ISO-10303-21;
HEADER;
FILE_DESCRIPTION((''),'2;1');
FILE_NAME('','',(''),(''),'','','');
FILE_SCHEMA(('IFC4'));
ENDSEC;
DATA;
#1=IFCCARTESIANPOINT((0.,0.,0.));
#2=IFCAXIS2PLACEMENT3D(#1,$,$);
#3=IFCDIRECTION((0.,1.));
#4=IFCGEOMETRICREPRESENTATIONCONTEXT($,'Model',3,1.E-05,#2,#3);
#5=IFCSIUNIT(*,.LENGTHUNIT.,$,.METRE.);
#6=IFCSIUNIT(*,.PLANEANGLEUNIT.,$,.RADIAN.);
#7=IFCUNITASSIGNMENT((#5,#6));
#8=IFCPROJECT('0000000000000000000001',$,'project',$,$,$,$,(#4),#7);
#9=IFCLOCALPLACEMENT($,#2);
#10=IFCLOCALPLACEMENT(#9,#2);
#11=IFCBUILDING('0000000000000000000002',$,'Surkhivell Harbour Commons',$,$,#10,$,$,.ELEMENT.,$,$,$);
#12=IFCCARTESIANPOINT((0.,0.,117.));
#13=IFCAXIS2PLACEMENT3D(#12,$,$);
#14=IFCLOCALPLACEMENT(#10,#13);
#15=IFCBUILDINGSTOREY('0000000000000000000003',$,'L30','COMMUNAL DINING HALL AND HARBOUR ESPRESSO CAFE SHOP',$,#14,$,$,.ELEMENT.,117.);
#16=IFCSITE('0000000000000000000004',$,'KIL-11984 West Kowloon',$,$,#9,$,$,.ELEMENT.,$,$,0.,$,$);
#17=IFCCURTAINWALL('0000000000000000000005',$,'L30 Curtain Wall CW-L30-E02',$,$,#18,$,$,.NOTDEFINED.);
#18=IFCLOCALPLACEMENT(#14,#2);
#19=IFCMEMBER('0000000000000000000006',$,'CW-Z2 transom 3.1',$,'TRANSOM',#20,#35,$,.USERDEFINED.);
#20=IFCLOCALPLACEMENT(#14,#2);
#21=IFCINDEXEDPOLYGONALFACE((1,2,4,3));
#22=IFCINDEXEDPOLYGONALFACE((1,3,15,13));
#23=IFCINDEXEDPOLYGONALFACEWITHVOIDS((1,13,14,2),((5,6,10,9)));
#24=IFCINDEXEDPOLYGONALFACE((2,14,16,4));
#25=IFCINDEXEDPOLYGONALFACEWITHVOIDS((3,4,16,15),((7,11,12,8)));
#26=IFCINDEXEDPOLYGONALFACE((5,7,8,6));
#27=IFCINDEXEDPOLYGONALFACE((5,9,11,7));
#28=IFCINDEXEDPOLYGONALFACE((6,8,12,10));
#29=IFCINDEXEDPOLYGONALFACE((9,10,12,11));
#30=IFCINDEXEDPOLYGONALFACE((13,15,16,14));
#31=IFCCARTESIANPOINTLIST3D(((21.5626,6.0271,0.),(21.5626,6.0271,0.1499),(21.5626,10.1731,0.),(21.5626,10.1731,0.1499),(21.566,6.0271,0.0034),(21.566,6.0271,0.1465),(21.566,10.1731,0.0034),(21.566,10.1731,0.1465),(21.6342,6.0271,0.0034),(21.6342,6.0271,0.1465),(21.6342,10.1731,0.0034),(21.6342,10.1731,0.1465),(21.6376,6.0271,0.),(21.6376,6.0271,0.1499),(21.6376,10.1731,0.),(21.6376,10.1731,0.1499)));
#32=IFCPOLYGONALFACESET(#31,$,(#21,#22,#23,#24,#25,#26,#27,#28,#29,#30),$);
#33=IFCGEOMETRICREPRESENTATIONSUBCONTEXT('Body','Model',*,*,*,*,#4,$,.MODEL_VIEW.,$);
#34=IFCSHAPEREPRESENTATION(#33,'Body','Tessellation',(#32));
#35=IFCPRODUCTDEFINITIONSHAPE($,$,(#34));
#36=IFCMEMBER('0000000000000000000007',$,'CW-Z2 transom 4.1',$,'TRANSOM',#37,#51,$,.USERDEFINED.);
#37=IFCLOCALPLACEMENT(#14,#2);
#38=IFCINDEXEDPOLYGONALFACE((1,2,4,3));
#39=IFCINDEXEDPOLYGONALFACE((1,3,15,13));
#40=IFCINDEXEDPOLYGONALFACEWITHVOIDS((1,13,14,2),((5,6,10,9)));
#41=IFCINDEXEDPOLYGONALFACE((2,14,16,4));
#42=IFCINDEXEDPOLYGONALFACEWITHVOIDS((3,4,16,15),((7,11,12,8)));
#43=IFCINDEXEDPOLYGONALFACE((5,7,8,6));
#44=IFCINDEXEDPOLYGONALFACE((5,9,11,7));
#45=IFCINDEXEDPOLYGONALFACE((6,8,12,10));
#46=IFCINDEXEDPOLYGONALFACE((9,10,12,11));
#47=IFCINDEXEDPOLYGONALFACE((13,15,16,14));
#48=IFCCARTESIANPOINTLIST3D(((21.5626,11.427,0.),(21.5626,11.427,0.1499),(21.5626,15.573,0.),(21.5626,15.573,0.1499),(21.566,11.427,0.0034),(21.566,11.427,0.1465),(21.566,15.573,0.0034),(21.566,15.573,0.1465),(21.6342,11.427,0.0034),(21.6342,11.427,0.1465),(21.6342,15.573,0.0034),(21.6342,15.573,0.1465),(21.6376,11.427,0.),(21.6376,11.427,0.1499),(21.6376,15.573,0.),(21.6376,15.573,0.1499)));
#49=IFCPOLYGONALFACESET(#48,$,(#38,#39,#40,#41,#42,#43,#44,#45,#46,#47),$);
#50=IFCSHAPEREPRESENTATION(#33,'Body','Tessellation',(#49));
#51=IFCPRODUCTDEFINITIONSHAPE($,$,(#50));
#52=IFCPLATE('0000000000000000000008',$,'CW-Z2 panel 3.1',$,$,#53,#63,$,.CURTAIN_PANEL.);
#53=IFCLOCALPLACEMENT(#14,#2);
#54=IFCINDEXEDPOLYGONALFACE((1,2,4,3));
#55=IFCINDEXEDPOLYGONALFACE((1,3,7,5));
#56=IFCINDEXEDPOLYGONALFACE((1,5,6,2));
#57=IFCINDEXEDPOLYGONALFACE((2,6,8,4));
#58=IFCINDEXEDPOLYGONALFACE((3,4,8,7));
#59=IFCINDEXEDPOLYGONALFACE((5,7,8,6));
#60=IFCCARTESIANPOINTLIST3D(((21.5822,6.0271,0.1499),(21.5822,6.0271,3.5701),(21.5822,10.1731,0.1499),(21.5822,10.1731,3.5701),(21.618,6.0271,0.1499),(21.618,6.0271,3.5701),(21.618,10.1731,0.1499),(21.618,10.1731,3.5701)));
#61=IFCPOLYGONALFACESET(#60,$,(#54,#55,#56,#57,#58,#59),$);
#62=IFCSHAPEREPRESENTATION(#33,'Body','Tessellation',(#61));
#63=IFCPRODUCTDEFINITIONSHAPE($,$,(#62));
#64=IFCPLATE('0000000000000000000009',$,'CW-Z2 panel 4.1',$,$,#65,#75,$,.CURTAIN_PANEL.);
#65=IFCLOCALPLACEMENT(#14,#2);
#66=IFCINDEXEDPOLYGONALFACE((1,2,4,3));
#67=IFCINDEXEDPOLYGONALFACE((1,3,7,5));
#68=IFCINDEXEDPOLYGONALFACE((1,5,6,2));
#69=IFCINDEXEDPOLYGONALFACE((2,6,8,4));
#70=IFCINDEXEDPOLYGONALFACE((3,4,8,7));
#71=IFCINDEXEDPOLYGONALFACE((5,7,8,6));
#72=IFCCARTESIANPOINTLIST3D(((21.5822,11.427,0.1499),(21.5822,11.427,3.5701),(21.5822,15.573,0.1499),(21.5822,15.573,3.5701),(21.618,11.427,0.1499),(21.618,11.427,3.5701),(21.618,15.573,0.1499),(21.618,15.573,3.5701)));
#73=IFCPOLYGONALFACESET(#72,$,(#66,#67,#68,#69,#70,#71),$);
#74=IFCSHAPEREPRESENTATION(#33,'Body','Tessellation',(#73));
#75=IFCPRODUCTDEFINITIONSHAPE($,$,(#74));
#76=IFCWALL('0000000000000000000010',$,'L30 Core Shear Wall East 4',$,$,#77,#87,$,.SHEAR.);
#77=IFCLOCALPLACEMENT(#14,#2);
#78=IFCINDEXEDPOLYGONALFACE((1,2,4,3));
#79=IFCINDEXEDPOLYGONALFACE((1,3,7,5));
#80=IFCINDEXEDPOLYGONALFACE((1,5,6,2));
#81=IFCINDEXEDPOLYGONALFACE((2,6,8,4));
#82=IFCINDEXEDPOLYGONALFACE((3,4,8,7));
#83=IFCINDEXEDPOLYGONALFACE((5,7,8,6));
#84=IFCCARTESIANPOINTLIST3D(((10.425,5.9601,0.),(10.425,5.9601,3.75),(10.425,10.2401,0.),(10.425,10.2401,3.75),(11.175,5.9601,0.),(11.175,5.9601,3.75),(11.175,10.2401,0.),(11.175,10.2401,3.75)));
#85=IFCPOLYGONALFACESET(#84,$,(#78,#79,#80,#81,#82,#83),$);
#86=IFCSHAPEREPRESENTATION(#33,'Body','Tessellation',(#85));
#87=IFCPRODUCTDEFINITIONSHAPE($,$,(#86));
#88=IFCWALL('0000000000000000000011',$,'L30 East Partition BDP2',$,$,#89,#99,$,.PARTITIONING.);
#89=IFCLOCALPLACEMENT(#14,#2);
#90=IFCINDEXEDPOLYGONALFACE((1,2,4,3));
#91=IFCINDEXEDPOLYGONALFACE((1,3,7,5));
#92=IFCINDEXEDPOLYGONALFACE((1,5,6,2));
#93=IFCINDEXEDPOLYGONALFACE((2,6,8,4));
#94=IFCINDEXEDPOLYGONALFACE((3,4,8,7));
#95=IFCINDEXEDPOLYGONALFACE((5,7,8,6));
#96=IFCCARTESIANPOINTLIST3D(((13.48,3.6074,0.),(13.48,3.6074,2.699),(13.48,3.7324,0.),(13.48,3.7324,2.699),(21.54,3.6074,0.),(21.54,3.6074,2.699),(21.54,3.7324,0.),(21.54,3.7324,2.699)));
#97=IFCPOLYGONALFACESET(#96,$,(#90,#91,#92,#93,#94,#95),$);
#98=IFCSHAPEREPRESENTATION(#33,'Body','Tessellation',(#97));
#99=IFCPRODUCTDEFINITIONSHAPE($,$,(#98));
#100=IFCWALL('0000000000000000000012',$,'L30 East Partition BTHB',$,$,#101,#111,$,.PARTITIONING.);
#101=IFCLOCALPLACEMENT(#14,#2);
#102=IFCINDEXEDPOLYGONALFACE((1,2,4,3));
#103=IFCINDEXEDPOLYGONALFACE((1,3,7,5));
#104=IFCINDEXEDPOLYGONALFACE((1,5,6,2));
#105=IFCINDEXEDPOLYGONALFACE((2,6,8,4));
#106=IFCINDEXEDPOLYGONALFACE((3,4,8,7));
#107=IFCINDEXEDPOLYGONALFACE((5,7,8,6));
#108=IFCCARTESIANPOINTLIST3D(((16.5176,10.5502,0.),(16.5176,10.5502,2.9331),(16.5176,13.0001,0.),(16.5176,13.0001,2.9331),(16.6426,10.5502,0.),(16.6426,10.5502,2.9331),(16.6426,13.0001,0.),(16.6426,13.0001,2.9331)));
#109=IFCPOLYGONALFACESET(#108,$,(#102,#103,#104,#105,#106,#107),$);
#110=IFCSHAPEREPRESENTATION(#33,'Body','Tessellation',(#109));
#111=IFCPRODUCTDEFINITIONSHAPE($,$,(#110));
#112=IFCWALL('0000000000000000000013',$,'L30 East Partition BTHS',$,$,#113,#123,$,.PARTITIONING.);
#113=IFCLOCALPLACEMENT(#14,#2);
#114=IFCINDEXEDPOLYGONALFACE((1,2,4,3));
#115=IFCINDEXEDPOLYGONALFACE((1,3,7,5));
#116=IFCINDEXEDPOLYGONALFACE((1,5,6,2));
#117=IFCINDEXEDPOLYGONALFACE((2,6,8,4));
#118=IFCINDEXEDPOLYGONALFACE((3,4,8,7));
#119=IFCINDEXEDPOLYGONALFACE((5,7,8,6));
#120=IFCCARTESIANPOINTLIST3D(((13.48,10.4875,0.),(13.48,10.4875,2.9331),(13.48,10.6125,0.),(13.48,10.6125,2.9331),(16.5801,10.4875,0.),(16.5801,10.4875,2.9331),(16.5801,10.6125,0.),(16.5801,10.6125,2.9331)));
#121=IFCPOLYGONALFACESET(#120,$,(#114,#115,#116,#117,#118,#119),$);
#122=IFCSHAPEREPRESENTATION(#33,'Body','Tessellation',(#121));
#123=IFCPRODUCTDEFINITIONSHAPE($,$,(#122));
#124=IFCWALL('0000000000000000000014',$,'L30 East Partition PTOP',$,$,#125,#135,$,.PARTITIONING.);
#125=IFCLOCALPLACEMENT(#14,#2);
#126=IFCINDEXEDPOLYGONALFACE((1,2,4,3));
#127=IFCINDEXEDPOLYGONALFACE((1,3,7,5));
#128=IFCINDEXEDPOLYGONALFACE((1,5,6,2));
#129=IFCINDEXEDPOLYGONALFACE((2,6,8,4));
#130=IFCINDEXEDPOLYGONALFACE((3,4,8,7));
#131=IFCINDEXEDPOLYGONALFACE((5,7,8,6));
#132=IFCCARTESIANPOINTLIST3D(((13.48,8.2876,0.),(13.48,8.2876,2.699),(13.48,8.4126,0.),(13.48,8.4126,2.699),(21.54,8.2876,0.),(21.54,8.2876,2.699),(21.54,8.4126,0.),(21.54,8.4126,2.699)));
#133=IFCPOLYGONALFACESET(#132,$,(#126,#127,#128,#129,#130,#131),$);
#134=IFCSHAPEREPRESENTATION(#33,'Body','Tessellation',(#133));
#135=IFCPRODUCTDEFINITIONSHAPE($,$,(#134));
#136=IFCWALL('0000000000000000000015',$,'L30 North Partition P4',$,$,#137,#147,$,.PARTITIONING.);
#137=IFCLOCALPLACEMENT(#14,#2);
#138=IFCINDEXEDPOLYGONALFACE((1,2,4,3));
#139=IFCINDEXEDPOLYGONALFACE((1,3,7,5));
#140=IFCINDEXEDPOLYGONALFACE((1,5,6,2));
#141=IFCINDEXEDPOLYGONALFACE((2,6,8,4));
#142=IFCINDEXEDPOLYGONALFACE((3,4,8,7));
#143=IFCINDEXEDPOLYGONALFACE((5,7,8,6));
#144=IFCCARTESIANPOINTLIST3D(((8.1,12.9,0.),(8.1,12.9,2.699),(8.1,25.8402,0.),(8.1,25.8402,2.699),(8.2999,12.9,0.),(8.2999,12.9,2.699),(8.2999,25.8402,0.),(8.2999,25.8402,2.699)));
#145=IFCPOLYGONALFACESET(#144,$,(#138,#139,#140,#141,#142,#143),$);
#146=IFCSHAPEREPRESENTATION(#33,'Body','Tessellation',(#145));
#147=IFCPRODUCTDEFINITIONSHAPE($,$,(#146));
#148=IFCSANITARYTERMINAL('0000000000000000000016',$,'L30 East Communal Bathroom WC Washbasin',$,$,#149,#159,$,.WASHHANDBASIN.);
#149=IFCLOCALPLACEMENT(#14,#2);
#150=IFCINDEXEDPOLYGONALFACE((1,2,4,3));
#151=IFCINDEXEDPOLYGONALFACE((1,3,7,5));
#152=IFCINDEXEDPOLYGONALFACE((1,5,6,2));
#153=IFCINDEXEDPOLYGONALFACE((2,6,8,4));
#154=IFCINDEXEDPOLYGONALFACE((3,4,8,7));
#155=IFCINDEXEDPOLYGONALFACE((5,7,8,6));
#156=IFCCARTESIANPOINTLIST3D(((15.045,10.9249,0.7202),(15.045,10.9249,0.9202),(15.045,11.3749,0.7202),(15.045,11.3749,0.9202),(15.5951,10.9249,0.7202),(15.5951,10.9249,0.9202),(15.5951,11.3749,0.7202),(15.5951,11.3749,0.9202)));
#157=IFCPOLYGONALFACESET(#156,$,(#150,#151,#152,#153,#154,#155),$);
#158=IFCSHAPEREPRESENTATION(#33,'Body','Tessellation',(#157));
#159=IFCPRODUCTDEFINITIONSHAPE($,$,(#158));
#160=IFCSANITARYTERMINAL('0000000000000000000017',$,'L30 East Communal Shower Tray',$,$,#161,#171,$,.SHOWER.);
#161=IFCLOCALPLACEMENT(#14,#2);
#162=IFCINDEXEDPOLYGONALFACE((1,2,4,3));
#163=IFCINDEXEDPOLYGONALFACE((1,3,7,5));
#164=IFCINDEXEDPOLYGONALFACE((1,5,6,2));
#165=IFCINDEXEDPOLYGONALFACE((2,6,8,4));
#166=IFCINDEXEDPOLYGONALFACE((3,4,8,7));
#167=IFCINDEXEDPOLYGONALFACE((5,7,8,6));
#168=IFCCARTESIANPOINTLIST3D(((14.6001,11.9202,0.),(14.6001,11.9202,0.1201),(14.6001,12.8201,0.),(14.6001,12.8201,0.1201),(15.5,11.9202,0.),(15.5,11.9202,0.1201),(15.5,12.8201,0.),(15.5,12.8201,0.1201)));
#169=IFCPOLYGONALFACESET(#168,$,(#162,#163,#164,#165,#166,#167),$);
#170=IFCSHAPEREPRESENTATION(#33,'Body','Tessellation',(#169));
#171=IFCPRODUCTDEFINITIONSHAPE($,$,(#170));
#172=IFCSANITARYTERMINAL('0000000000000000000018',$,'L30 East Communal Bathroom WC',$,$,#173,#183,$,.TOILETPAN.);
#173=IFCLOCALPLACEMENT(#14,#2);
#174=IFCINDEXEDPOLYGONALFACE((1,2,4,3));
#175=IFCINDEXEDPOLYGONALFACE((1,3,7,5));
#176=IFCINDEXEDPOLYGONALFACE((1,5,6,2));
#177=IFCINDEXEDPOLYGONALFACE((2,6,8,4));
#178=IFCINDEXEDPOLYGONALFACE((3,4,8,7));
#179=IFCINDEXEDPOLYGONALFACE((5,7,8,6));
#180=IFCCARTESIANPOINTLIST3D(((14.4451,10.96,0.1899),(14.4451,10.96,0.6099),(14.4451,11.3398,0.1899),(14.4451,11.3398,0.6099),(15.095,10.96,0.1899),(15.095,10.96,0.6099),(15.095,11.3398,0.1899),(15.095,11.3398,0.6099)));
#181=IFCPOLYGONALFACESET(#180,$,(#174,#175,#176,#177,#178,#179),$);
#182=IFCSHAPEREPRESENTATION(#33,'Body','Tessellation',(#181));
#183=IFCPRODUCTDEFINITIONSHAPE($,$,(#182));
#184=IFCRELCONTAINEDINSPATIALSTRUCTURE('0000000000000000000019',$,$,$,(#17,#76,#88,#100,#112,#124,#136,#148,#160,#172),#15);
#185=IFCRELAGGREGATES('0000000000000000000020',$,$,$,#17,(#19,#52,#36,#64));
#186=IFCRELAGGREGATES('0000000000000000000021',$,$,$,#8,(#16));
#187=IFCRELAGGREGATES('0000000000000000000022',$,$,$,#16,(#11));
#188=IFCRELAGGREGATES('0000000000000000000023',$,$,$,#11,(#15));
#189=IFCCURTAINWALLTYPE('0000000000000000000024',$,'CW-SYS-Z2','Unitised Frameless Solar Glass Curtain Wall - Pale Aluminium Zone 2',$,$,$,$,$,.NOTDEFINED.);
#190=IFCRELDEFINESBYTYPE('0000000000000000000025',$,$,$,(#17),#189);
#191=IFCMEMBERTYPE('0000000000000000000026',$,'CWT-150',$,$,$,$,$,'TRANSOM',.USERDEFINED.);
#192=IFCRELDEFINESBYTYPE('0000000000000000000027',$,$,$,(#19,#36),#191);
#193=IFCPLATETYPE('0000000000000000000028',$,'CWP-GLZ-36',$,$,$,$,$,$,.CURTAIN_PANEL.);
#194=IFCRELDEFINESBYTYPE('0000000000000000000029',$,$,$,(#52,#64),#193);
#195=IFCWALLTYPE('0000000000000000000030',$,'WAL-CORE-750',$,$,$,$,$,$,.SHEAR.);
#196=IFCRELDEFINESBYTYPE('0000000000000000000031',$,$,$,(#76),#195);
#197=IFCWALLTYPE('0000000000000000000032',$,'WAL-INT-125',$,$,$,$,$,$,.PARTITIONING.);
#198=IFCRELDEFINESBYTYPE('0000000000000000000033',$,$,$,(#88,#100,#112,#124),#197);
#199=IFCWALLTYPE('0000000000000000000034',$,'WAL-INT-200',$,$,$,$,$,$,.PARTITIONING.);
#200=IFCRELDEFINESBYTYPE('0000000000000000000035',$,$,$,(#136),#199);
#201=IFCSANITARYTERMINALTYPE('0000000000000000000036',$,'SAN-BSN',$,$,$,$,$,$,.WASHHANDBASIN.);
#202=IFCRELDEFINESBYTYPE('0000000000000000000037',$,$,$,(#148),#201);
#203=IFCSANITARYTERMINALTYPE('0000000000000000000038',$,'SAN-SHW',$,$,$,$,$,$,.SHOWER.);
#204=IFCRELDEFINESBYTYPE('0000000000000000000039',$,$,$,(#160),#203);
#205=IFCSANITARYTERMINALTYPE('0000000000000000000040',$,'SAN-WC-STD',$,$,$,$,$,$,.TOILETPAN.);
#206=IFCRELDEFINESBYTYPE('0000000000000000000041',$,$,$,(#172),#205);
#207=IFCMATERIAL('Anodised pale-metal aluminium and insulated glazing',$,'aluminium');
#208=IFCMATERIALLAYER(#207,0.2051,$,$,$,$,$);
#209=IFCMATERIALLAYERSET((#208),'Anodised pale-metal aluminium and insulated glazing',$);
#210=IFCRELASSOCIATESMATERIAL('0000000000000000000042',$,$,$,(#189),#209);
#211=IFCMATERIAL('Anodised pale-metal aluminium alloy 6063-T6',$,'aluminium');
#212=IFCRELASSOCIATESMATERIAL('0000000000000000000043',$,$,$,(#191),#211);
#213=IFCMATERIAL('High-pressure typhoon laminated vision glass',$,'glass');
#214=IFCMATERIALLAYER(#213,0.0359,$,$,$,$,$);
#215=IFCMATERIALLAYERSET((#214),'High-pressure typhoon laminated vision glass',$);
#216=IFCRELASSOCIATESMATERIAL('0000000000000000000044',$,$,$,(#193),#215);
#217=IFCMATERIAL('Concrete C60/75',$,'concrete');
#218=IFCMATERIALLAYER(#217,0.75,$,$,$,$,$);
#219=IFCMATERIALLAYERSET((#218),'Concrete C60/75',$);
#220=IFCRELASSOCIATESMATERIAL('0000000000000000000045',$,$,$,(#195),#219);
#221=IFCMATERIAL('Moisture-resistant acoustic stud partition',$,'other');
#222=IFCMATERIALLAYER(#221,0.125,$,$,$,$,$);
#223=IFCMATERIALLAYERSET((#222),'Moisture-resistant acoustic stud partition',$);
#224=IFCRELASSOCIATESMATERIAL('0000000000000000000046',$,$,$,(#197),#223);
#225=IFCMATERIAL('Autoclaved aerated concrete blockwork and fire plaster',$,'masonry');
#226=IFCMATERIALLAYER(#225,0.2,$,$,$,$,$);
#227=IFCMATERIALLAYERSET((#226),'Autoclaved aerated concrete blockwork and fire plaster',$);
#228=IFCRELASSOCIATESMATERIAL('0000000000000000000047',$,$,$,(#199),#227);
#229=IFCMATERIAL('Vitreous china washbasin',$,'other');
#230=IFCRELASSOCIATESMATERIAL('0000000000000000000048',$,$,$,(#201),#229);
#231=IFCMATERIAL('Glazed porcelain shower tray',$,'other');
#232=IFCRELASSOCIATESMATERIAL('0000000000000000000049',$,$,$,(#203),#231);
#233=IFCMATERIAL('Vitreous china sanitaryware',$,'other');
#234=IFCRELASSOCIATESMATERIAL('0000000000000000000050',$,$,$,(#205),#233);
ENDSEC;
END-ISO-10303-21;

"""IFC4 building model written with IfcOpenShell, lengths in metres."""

from ifc_helpers import new_model, si_unit, direction, frame, frame_2d, origin, origin_2d, place, context, subcontext, project, spatial, rectangle, hollow_rectangle, extrude, material, layer, layer_set, material_profile, profile_set, type_object, element, aggregate, save


model = new_model("IFC4")

# Units and contexts
model_context = context("Model", 3, precision=1e-05, world=origin(), true_north=direction((0.0, 1.0)))
body_context = subcontext(model_context, "Body", "Model", "MODEL_VIEW")
ifc_project = project(units=[si_unit("LENGTHUNIT", "METRE"), si_unit("PLANEANGLEUNIT", "RADIAN")], contexts=[model_context])

# Site, building, storey
site_placement = place(None, origin())
site = spatial("IfcSite", under=ifc_project, at=site_placement, Name="KIL-11984 West Kowloon", CompositionType="ELEMENT", RefElevation=0.0)
building_placement = place(site_placement, origin())
building = spatial("IfcBuilding", under=site, at=building_placement, Name="Surkhivell Harbour Commons", CompositionType="ELEMENT")
storey_placement = place(building_placement, frame((0.0, 0.0, 117.0)))
storey = spatial("IfcBuildingStorey", under=building, at=storey_placement, Name="L30", Description="COMMUNAL DINING HALL AND HARBOUR ESPRESSO CAFE SHOP", CompositionType="ELEMENT", Elevation=117.0)

# Shared definitions
ifc_material_1 = material(Name="Concrete C60/75", Category="concrete")

# Curtain wall, members, plates
ifc_material_2 = material(Name="Anodised pale-metal aluminium and insulated glazing", Category="aluminium")
ifc_layer_1 = layer(ifc_material_2, 0.2051)
ifc_layer_set_1 = layer_set([ifc_layer_1], Name="Anodised pale-metal aluminium and insulated glazing")
curtain_wall_type = type_object("IfcCurtainWallType", Name="CW-SYS-Z2", Description="Unitised Frameless Solar Glass Curtain Wall - Pale Aluminium Zone 2", PredefinedType="NOTDEFINED", material=ifc_layer_set_1)
curtain_wall_placement = place(storey_placement, origin())
curtain_wall = element("IfcCurtainWall", 1, at=curtain_wall_placement, inside=storey, type_object=curtain_wall_type, Name="L30 Curtain Wall CW-L30-E02", PredefinedType="NOTDEFINED")
ifc_material_3 = material(Name="Anodised pale-metal aluminium alloy 6063-T6", Category="aluminium")
ifc_material_profile_1 = material_profile(ifc_material_3, hollow_rectangle(XDim=0.075, YDim=0.1499, WallThickness=0.0034, at=origin_2d()), Name="ALU-TRAN-75x150")
ifc_profile_set_1 = profile_set([ifc_material_profile_1], Name="Anodised pale-metal aluminium alloy 6063-T6")
member_type_1 = type_object("IfcMemberType", Name="CWT-150", ElementType="TRANSOM", PredefinedType="USERDEFINED", material=ifc_profile_set_1)
member_1_placement = place(storey_placement, frame((21.6001, 6.0271, 0.075), z_axis=(0.0, 1.0, 0.0), x_axis=(-1.0, 0.0, 0.0)))
member_1 = element("IfcMember", 2, at=member_1_placement, type_object=member_type_1, Name="CW-Z2 transom 3.1", ObjectType="TRANSOM", PredefinedType="USERDEFINED", context=body_context, shape_type="SweptSolid", body=[
    extrude(hollow_rectangle(XDim=0.075, YDim=0.1499, WallThickness=0.0034, at=origin_2d()), origin(), (0.0, 0.0, 1.0), 4.146),
])
member_2_placement = place(storey_placement, frame((21.6001, 11.427, 0.075), z_axis=(0.0, 1.0, 0.0), x_axis=(-1.0, 0.0, 0.0)))
member_2 = element("IfcMember", 3, at=member_2_placement, type_object=member_type_1, Name="CW-Z2 transom 4.1", ObjectType="TRANSOM", PredefinedType="USERDEFINED", context=body_context, shape_type="SweptSolid", body=[
    extrude(hollow_rectangle(XDim=0.075, YDim=0.1499, WallThickness=0.0034, at=origin_2d()), origin(), (0.0, 0.0, 1.0), 4.146),
])
ifc_material_4 = material(Name="High-pressure typhoon laminated vision glass", Category="glass")
ifc_layer_2 = layer(ifc_material_4, 0.0359)
ifc_layer_set_2 = layer_set([ifc_layer_2], Name="High-pressure typhoon laminated vision glass")
plate_type = type_object("IfcPlateType", Name="CWP-GLZ-36", PredefinedType="CURTAIN_PANEL", material=ifc_layer_set_2)
plate_1_placement = place(storey_placement, frame((21.6001, 6.0271, 0.1499), z_axis=(0.0, 0.0, 1.0), x_axis=(0.0, 1.0, 0.0)))
plate_1 = element("IfcPlate", 4, at=plate_1_placement, type_object=plate_type, Name="CW-Z2 panel 3.1", PredefinedType="CURTAIN_PANEL", context=body_context, shape_type="SweptSolid", body=[
    extrude(rectangle(XDim=4.146, YDim=0.0359, at=frame_2d((2.073, 0.0))), origin(), (0.0, 0.0, 1.0), 3.4202),
])
plate_2_placement = place(storey_placement, frame((21.6001, 11.427, 0.1499), z_axis=(0.0, 0.0, 1.0), x_axis=(0.0, 1.0, 0.0)))
plate_2 = element("IfcPlate", 5, at=plate_2_placement, type_object=plate_type, Name="CW-Z2 panel 4.1", PredefinedType="CURTAIN_PANEL", context=body_context, shape_type="SweptSolid", body=[
    extrude(rectangle(XDim=4.146, YDim=0.0359, at=frame_2d((2.073, 0.0))), origin(), (0.0, 0.0, 1.0), 3.4202),
])
aggregate(curtain_wall, [member_1, plate_1, member_2, plate_2])

# Walls
ifc_layer_3 = layer(ifc_material_1, 0.75)
ifc_layer_set_3 = layer_set([ifc_layer_3], Name="Concrete C60/75")
wall_type_1 = type_object("IfcWallType", Name="WAL-CORE-750", PredefinedType="SHEAR", material=ifc_layer_set_3)
wall_1_placement = place(storey_placement, frame((10.8, 5.96, 0.0), z_axis=(0.0, 0.0, 1.0), x_axis=(0.0, 1.0, 0.0)))
element("IfcWall", 6, at=wall_1_placement, inside=storey, type_object=wall_type_1, Name="L30 Core Shear Wall East 4", PredefinedType="SHEAR", context=body_context, shape_type="SweptSolid", body=[
    extrude(rectangle(XDim=4.28, YDim=0.75, at=frame_2d((2.1401, 0.0))), origin(), (0.0, 0.0, 1.0), 3.75),
])
ifc_material_5 = material(Name="Moisture-resistant acoustic stud partition", Category="other")
ifc_layer_4 = layer(ifc_material_5, 0.125)
ifc_layer_set_4 = layer_set([ifc_layer_4], Name="Moisture-resistant acoustic stud partition")
wall_type_2 = type_object("IfcWallType", Name="WAL-INT-125", PredefinedType="PARTITIONING", material=ifc_layer_set_4)
wall_2_placement = place(storey_placement, frame((13.48, 3.6699, 0.0), z_axis=(0.0, 0.0, 1.0), x_axis=(1.0, 0.0, 0.0)))
element("IfcWall", 7, at=wall_2_placement, inside=storey, type_object=wall_type_2, Name="L30 East Partition BDP2", PredefinedType="PARTITIONING", context=body_context, shape_type="SweptSolid", body=[
    extrude(rectangle(XDim=8.0601, YDim=0.125, at=frame_2d((4.03, 0.0))), origin(), (0.0, 0.0, 1.0), 2.699),
])
wall_3_placement = place(storey_placement, frame((16.5801, 10.55, 0.0), z_axis=(0.0, 0.0, 1.0), x_axis=(0.0, 1.0, 0.0)))
element("IfcWall", 8, at=wall_3_placement, inside=storey, type_object=wall_type_2, Name="L30 East Partition BTHB", PredefinedType="PARTITIONING", context=body_context, shape_type="SweptSolid", body=[
    extrude(rectangle(XDim=2.45, YDim=0.125, at=frame_2d((1.2251, 0.0))), origin(), (0.0, 0.0, 1.0), 2.9331),
])
wall_4_placement = place(storey_placement, frame((13.48, 10.55, 0.0), z_axis=(0.0, 0.0, 1.0), x_axis=(1.0, 0.0, 0.0)))
element("IfcWall", 9, at=wall_4_placement, inside=storey, type_object=wall_type_2, Name="L30 East Partition BTHS", PredefinedType="PARTITIONING", context=body_context, shape_type="SweptSolid", body=[
    extrude(rectangle(XDim=3.1001, YDim=0.125, at=frame_2d((1.55, 0.0))), origin(), (0.0, 0.0, 1.0), 2.9331),
])
wall_5_placement = place(storey_placement, frame((13.48, 8.3501, 0.0), z_axis=(0.0, 0.0, 1.0), x_axis=(1.0, 0.0, 0.0)))
element("IfcWall", 10, at=wall_5_placement, inside=storey, type_object=wall_type_2, Name="L30 East Partition PTOP", PredefinedType="PARTITIONING", context=body_context, shape_type="SweptSolid", body=[
    extrude(rectangle(XDim=8.0601, YDim=0.125, at=frame_2d((4.03, 0.0))), origin(), (0.0, 0.0, 1.0), 2.699),
])
ifc_material_6 = material(Name="Autoclaved aerated concrete blockwork and fire plaster", Category="masonry")
ifc_layer_5 = layer(ifc_material_6, 0.2)
ifc_layer_set_5 = layer_set([ifc_layer_5], Name="Autoclaved aerated concrete blockwork and fire plaster")
wall_type_3 = type_object("IfcWallType", Name="WAL-INT-200", PredefinedType="PARTITIONING", material=ifc_layer_set_5)
wall_6_placement = place(storey_placement, frame((8.2, 12.8999, 0.0), z_axis=(0.0, 0.0, 1.0), x_axis=(0.0, 1.0, 0.0)))
element("IfcWall", 11, at=wall_6_placement, inside=storey, type_object=wall_type_3, Name="L30 North Partition P4", PredefinedType="PARTITIONING", context=body_context, shape_type="SweptSolid", body=[
    extrude(rectangle(XDim=12.9402, YDim=0.2, at=frame_2d((6.4702, 0.0))), origin(), (0.0, 0.0, 1.0), 2.699),
])

# Sanitary terminals
ifc_material_7 = material(Name="Vitreous china washbasin", Category="other")
sanitary_terminal_type_1 = type_object("IfcSanitaryTerminalType", Name="SAN-BSN", PredefinedType="WASHHANDBASIN", material=ifc_material_7)
sanitary_terminal_1_placement = place(storey_placement, frame((15.3201, 11.1499, 0.7202), z_axis=(0.0, 0.0, 1.0), x_axis=(1.0, 0.0, 0.0)))
element("IfcSanitaryTerminal", 12, at=sanitary_terminal_1_placement, inside=storey, type_object=sanitary_terminal_type_1, Name="L30 East Communal Bathroom WC Washbasin", PredefinedType="WASHHANDBASIN", context=body_context, shape_type="SweptSolid", body=[
    extrude(rectangle(XDim=0.55, YDim=0.45, at=origin_2d()), origin(), (0.0, 0.0, 1.0), 0.2),
])
ifc_material_8 = material(Name="Glazed porcelain shower tray", Category="other")
sanitary_terminal_type_2 = type_object("IfcSanitaryTerminalType", Name="SAN-SHW", PredefinedType="SHOWER", material=ifc_material_8)
sanitary_terminal_2_placement = place(storey_placement, frame((15.05, 12.3701, 0.0), z_axis=(0.0, 0.0, 1.0), x_axis=(1.0, 0.0, 0.0)))
element("IfcSanitaryTerminal", 13, at=sanitary_terminal_2_placement, inside=storey, type_object=sanitary_terminal_type_2, Name="L30 East Communal Shower Tray", PredefinedType="SHOWER", context=body_context, shape_type="SweptSolid", body=[
    extrude(rectangle(XDim=0.8999, YDim=0.8999, at=origin_2d()), origin(), (0.0, 0.0, 1.0), 0.1201),
])
ifc_material_9 = material(Name="Vitreous china sanitaryware", Category="other")
sanitary_terminal_type_3 = type_object("IfcSanitaryTerminalType", Name="SAN-WC-STD", PredefinedType="TOILETPAN", material=ifc_material_9)
sanitary_terminal_3_placement = place(storey_placement, frame((14.77, 11.1499, 0.1899), z_axis=(0.0, 0.0, 1.0), x_axis=(1.0, 0.0, 0.0)))
element("IfcSanitaryTerminal", 14, at=sanitary_terminal_3_placement, inside=storey, type_object=sanitary_terminal_type_3, Name="L30 East Communal Bathroom WC", PredefinedType="TOILETPAN", context=body_context, shape_type="SweptSolid", body=[
    extrude(rectangle(XDim=0.6499, YDim=0.3799, at=origin_2d()), origin(), (0.0, 0.0, 1.0), 0.4199),
])

save(model, "model.ifc")
